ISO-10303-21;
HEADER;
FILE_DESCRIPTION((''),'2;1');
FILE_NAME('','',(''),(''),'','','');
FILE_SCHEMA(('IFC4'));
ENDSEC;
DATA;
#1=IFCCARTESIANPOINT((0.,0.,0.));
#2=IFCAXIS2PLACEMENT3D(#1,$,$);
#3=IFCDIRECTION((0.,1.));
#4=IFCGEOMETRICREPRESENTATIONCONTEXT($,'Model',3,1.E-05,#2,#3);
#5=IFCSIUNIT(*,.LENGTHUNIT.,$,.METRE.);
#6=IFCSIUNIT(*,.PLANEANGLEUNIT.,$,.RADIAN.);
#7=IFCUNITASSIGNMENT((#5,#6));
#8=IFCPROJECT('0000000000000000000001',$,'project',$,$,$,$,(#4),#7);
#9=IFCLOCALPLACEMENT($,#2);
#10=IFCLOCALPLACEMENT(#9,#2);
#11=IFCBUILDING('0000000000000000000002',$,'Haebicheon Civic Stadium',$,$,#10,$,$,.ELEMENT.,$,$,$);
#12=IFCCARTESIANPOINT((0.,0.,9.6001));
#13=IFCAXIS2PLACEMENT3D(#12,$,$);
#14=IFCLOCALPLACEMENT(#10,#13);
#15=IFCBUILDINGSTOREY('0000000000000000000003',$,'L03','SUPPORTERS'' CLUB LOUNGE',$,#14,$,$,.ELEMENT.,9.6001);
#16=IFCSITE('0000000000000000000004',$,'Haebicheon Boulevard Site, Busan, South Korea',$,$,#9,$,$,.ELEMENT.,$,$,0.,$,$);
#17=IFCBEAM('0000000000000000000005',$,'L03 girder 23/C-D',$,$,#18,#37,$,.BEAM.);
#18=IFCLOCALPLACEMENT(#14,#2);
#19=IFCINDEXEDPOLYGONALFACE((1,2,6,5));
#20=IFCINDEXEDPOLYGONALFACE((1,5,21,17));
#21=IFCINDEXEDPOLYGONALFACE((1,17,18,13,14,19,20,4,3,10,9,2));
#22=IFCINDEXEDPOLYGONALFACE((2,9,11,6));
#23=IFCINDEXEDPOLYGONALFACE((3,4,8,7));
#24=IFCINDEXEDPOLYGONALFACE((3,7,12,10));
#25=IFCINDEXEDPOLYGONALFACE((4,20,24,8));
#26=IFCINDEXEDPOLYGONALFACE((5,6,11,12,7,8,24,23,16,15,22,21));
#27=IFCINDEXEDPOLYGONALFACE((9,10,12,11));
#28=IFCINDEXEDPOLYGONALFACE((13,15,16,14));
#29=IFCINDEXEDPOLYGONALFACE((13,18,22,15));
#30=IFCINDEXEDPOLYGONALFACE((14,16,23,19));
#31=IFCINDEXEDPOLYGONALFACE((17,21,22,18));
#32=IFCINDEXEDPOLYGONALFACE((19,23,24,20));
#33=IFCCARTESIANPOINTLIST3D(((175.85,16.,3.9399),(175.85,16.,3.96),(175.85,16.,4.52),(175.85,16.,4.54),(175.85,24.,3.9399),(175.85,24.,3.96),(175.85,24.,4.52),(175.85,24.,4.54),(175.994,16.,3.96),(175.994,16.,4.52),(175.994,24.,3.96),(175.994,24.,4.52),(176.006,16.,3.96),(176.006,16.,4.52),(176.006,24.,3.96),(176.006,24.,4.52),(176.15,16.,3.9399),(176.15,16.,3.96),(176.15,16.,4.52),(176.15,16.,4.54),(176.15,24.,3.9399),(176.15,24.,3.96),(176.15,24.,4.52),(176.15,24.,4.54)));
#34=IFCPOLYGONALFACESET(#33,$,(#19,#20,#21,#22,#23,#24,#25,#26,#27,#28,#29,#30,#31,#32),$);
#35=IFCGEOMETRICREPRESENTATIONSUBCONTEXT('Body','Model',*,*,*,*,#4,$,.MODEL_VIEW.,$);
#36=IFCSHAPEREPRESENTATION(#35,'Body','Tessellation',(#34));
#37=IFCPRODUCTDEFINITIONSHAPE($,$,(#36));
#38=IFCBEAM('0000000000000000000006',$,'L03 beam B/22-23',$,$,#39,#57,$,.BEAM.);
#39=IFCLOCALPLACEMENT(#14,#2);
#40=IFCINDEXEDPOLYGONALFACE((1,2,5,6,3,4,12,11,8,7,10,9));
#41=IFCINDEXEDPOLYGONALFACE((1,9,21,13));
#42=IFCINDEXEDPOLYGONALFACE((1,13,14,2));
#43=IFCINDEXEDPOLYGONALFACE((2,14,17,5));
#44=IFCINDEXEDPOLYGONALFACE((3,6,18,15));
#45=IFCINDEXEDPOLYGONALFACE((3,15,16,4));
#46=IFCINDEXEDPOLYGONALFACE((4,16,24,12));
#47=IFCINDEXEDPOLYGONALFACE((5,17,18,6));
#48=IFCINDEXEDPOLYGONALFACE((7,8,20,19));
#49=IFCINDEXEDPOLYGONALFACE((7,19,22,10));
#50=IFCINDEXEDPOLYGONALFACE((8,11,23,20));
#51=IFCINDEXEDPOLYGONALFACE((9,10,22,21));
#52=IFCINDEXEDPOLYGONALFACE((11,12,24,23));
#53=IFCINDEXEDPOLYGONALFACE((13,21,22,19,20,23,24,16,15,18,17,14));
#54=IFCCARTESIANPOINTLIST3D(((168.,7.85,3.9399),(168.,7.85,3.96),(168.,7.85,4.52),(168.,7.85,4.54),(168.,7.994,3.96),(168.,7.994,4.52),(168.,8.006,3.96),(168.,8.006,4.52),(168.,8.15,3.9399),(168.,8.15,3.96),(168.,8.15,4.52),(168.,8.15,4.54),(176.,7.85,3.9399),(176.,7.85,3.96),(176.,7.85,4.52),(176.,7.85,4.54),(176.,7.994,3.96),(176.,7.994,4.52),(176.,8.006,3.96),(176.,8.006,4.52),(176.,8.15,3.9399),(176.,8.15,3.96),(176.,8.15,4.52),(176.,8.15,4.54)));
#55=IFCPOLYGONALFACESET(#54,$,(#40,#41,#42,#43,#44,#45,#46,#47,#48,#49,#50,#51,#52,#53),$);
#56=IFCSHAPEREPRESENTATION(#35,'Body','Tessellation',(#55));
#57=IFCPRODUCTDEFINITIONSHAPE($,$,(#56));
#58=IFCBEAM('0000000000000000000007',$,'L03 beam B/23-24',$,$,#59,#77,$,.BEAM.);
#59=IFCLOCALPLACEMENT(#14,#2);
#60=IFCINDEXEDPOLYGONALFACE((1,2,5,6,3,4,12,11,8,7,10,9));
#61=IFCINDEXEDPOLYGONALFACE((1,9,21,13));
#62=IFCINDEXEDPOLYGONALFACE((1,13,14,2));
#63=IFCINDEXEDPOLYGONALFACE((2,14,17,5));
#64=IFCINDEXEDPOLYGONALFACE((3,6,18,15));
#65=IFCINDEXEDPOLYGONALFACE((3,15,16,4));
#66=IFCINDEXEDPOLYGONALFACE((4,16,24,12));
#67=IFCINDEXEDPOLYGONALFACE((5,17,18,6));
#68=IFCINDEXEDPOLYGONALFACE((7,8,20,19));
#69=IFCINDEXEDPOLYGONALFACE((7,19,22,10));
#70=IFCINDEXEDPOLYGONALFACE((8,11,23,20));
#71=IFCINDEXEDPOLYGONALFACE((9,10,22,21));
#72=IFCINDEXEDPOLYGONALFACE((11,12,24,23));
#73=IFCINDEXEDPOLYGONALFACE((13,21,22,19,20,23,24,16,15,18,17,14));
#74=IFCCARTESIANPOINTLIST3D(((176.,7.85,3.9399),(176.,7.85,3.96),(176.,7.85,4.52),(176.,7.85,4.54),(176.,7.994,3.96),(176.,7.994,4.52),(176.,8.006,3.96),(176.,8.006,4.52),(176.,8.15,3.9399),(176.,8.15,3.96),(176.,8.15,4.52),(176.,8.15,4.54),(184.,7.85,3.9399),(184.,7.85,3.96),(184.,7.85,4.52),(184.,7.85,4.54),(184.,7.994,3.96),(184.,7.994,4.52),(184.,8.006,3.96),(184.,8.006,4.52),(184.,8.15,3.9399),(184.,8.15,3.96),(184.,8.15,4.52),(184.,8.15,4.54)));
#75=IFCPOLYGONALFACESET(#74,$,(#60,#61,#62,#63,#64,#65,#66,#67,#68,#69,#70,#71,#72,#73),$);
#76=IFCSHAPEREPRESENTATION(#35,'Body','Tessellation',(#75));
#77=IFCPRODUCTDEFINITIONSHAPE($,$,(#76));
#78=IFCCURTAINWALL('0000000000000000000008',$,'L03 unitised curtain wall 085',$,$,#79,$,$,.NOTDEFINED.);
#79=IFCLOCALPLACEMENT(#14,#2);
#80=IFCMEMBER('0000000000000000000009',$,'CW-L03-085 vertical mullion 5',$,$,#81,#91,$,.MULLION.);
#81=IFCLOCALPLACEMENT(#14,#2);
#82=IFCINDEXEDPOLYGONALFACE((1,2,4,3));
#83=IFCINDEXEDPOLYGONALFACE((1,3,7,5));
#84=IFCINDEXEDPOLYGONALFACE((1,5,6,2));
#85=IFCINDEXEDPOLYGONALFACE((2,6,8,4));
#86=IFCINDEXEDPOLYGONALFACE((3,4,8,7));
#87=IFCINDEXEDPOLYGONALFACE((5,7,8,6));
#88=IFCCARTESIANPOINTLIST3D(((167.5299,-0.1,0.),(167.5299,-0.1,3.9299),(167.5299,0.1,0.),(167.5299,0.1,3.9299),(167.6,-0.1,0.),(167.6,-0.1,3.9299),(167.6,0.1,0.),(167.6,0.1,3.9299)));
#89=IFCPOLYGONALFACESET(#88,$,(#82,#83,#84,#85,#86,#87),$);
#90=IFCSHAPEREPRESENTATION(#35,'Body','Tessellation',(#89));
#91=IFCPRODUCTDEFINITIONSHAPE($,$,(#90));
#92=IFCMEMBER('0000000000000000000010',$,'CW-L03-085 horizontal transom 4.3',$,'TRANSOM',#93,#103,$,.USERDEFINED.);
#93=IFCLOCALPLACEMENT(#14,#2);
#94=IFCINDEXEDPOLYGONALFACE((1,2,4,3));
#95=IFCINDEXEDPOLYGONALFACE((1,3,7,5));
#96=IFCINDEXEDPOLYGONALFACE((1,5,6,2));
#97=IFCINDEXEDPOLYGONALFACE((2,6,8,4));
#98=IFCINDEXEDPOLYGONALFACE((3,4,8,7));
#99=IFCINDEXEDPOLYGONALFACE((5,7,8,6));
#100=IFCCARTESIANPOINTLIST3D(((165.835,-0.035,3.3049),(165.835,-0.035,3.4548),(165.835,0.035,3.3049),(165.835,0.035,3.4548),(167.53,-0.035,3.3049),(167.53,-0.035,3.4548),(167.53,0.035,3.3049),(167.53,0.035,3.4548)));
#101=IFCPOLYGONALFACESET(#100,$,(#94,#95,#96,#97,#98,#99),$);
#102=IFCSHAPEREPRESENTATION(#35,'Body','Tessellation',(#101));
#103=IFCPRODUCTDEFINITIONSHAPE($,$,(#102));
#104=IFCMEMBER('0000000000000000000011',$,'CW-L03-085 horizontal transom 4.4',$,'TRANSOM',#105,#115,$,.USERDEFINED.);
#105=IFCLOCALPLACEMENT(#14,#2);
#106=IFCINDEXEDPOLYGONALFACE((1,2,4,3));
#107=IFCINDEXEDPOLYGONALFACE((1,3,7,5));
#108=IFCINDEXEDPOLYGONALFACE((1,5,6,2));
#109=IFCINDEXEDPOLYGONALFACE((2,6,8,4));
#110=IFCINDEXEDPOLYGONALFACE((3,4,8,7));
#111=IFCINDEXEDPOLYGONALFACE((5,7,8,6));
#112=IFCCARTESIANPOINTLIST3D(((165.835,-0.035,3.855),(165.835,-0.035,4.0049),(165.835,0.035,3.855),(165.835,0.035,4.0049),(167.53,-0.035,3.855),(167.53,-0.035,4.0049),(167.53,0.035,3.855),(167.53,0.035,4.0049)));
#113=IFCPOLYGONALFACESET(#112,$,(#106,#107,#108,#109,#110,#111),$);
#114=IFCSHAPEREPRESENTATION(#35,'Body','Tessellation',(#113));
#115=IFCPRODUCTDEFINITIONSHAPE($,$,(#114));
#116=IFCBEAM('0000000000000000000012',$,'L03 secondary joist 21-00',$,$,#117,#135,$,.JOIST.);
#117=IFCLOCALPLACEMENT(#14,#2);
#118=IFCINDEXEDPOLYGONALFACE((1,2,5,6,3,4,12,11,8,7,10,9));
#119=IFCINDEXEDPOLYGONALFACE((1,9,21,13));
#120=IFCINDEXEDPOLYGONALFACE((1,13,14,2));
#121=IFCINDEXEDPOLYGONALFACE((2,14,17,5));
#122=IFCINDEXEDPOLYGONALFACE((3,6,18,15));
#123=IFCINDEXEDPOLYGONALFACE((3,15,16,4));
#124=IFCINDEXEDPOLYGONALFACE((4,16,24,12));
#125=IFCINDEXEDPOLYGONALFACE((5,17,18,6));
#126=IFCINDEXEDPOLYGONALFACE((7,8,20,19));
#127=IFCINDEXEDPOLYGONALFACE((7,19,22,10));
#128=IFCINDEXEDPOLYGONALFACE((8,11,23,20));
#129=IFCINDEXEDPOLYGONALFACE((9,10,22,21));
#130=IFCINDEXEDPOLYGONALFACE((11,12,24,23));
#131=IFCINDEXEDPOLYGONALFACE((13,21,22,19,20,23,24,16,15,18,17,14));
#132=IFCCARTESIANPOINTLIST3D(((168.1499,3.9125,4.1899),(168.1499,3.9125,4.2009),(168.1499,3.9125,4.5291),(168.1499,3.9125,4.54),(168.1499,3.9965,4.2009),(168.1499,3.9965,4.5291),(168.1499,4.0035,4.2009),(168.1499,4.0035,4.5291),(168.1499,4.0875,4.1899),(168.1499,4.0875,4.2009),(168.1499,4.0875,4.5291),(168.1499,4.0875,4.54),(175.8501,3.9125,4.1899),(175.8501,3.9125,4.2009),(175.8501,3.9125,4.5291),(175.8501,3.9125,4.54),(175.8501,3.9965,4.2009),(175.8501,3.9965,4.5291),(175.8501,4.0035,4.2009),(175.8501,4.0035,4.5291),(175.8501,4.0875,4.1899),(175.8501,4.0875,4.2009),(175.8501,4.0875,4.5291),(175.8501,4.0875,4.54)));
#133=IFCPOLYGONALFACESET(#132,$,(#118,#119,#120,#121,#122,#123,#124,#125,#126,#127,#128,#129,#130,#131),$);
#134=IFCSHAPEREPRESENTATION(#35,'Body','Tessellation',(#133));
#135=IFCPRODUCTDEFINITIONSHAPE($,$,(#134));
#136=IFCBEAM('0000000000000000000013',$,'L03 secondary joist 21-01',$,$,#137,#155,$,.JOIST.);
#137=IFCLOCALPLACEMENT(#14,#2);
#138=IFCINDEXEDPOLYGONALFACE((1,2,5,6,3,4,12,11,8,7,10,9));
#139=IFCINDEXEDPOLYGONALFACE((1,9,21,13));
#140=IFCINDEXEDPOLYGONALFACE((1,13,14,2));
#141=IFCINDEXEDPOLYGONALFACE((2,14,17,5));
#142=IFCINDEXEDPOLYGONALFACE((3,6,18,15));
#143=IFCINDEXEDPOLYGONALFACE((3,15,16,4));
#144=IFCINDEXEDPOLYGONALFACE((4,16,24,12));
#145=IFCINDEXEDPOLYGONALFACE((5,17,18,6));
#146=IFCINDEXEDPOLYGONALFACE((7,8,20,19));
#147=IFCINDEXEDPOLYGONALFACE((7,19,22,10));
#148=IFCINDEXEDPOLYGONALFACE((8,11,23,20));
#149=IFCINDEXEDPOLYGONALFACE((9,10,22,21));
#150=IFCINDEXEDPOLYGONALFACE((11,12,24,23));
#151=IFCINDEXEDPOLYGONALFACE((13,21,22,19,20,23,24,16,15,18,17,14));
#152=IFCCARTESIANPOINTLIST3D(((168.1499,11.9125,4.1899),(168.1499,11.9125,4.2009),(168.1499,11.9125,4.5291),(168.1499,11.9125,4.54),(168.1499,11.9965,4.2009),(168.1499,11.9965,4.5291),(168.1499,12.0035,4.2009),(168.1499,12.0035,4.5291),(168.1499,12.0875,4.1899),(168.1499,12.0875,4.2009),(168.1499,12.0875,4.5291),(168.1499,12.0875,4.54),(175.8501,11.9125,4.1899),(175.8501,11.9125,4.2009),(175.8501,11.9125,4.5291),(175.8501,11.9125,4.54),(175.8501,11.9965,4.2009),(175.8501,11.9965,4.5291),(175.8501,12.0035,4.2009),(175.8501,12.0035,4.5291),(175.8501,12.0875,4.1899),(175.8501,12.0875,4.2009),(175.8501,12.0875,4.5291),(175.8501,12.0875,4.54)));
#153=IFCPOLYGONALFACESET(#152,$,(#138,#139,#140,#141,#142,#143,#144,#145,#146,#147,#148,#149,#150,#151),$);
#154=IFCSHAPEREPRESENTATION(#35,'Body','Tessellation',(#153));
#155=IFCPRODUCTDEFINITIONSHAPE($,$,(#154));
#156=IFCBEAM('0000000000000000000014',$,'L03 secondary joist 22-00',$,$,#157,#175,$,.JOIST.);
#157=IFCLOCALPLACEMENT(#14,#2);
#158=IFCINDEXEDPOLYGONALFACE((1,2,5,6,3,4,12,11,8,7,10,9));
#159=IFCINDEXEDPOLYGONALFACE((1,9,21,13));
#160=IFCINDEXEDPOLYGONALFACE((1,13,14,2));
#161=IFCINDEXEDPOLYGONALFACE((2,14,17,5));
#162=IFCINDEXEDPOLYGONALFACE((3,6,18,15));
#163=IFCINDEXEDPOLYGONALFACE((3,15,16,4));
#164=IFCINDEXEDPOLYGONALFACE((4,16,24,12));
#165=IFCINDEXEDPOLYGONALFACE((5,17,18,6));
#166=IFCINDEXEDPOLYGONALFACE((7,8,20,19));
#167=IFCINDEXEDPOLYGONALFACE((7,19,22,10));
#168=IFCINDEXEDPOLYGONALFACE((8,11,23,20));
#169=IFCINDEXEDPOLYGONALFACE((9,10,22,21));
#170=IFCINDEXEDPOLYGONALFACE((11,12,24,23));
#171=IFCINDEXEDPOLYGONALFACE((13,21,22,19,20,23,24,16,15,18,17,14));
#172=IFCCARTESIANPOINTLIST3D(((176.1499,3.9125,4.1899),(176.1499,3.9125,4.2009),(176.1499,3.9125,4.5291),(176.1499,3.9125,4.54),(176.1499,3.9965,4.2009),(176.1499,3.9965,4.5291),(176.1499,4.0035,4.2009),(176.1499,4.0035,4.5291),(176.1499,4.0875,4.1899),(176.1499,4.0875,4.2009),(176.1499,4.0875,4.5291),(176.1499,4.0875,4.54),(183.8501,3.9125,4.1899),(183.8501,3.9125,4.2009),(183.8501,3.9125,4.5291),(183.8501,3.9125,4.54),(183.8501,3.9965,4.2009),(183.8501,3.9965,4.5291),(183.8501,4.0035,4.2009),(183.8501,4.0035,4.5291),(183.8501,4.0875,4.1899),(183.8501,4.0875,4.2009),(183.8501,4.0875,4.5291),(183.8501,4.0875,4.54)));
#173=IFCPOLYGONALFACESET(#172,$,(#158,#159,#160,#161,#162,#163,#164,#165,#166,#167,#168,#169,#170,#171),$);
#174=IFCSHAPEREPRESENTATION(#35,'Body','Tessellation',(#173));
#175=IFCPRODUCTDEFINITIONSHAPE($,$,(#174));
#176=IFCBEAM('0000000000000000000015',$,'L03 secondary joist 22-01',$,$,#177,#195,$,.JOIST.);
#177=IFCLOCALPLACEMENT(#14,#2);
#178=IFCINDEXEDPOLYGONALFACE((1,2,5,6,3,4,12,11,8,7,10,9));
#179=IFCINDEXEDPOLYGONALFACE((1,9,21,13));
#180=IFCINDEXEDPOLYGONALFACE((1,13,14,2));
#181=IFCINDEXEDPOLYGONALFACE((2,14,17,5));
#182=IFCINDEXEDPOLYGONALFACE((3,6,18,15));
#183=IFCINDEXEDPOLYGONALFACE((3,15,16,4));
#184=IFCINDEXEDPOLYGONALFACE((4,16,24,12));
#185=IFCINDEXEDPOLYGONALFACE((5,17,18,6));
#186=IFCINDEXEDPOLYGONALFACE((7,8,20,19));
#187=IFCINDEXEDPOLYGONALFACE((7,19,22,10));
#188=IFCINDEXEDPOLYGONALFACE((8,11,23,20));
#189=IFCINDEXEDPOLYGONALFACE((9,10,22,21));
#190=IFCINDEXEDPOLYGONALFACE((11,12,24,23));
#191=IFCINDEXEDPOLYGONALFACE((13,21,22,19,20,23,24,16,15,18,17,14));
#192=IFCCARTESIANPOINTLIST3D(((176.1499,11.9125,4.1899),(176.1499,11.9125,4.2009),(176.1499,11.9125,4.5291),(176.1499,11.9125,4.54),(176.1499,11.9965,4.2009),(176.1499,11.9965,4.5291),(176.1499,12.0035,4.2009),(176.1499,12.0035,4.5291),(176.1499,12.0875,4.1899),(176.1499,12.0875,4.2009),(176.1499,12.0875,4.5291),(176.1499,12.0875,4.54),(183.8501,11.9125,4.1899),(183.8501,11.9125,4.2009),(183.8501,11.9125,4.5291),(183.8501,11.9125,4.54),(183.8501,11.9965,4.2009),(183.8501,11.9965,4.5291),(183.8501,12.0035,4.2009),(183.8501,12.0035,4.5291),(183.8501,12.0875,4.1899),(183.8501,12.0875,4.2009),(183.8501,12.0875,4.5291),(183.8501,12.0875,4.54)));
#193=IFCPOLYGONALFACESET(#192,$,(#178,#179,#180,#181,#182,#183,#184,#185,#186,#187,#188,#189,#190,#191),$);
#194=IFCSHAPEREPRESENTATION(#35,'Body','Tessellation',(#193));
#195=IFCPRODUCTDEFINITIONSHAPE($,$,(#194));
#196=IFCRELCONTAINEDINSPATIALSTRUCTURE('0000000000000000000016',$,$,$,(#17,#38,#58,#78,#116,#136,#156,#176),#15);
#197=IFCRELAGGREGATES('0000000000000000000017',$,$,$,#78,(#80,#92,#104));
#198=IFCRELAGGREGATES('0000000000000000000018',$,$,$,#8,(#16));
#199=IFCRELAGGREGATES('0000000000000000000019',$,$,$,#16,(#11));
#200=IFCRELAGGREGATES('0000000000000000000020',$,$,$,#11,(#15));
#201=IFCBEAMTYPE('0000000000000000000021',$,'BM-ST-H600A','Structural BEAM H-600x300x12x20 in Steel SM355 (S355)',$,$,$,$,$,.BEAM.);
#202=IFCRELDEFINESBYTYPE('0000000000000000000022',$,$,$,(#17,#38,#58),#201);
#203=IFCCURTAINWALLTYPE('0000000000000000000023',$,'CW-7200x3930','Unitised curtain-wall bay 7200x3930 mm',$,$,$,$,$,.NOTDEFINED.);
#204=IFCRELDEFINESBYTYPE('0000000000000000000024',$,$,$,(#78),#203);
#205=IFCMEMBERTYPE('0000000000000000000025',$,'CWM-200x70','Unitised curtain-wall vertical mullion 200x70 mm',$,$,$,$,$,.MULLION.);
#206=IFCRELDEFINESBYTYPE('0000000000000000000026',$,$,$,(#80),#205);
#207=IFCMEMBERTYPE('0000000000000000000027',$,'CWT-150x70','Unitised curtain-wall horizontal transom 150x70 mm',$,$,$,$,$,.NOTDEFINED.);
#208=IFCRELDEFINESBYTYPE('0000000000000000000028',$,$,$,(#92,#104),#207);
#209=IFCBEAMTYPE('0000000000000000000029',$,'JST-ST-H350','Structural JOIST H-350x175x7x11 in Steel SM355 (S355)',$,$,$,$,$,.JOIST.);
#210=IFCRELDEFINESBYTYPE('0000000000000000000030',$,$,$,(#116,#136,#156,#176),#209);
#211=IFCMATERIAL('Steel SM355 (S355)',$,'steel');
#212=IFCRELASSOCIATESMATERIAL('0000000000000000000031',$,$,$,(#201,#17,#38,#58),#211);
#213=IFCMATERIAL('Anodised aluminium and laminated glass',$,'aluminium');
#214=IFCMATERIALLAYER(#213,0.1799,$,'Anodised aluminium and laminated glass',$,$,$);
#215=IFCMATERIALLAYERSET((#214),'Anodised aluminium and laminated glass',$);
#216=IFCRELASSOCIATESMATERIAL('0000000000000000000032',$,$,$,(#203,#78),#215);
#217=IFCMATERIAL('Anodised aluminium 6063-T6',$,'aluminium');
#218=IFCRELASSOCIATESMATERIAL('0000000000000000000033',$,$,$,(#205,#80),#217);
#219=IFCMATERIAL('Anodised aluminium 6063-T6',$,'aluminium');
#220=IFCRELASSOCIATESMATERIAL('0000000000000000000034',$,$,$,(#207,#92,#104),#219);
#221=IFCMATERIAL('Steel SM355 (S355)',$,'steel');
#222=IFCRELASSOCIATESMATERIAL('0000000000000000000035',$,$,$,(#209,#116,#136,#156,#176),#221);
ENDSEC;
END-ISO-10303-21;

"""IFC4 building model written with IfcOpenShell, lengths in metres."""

from ifc_helpers import new_model, si_unit, direction, frame, origin, origin_2d, place, context, subcontext, project, spatial, rectangle, i_section, extrude, material, layer, layer_set, material_profile, profile_set, type_object, element, aggregate, save


model = new_model("IFC4")

# Units and contexts
model_context = context("Model", 3, precision=1e-05, world=origin(), true_north=direction((0.0, 1.0)))
body_context = subcontext(model_context, "Body", "Model", "MODEL_VIEW")
ifc_project = project(units=[si_unit("LENGTHUNIT", "METRE"), si_unit("PLANEANGLEUNIT", "RADIAN")], contexts=[model_context])

# Site, building, storey
site_placement = place(None, origin())
site = spatial("IfcSite", under=ifc_project, at=site_placement, Name="Haebicheon Boulevard Site, Busan, South Korea", CompositionType="ELEMENT", RefElevation=0.0)
building_placement = place(site_placement, origin())
building = spatial("IfcBuilding", under=site, at=building_placement, Name="Haebicheon Civic Stadium", CompositionType="ELEMENT")
storey_placement = place(building_placement, frame((0.0, 0.0, 9.6001)))
storey = spatial("IfcBuildingStorey", under=building, at=storey_placement, Name="L03", Description="SUPPORTERS' CLUB LOUNGE", CompositionType="ELEMENT", Elevation=9.6001)

# Beams
ifc_material_1 = material(Name="Steel SM355 (S355)", Category="steel")
ifc_material_profile_1 = material_profile(ifc_material_1, i_section(OverallWidth=0.3, OverallDepth=0.6001, WebThickness=0.012, FlangeThickness=0.02, at=origin_2d()), Name="H-600x300x12x20")
ifc_profile_set_1 = profile_set([ifc_material_profile_1], Name="Steel SM355 (S355)")
beam_type_1 = type_object("IfcBeamType", Name="BM-ST-H600A", Description="Structural BEAM H-600x300x12x20 in Steel SM355 (S355)", PredefinedType="BEAM", material=ifc_profile_set_1)
for number, where, z_axis, x_axis, name in (
    (1, (176.0, 16.0, 4.24), (0.0, 1.0, 0.0), (-1.0, 0.0, 0.0), "L03 girder 23/C-D"),
    (2, (168.0, 8.0, 4.24), (1.0, 0.0, 0.0), (0.0, 1.0, 0.0), "L03 beam B/22-23"),
    (3, (176.0, 8.0, 4.24), (1.0, 0.0, 0.0), (0.0, 1.0, 0.0), "L03 beam B/23-24"),
):
    element("IfcBeam", number, at=place(storey_placement, frame(where, z_axis=z_axis, x_axis=x_axis)), inside=storey, type_object=beam_type_1, material=ifc_profile_set_1, Name=name, PredefinedType="BEAM", context=body_context, shape_type="SweptSolid", body=[
        extrude(i_section(OverallWidth=0.3, OverallDepth=0.6001, WebThickness=0.012, FlangeThickness=0.02, at=origin_2d()), origin(), (0.0, 0.0, 1.0), 8.0),
    ])

# Curtain wall, members
ifc_material_2 = material(Name="Anodised aluminium and laminated glass", Category="aluminium")
ifc_layer_1 = layer(ifc_material_2, 0.1799, Name="Anodised aluminium and laminated glass")
ifc_layer_set_1 = layer_set([ifc_layer_1], Name="Anodised aluminium and laminated glass")
curtain_wall_type = type_object("IfcCurtainWallType", Name="CW-7200x3930", Description="Unitised curtain-wall bay 7200x3930 mm", PredefinedType="NOTDEFINED", material=ifc_layer_set_1)
curtain_wall_placement = place(storey_placement, origin())
curtain_wall = element("IfcCurtainWall", 4, at=curtain_wall_placement, inside=storey, type_object=curtain_wall_type, material=ifc_layer_set_1, Name="L03 unitised curtain wall 085", PredefinedType="NOTDEFINED")
ifc_material_3 = material(Name="Anodised aluminium 6063-T6", Category="aluminium")
ifc_material_profile_2 = material_profile(ifc_material_3, rectangle(XDim=0.0701, YDim=0.2, at=origin_2d()), Name="ALU-MULL-70x200")
ifc_profile_set_2 = profile_set([ifc_material_profile_2], Name="Anodised aluminium 6063-T6")
member_type_1 = type_object("IfcMemberType", Name="CWM-200x70", Description="Unitised curtain-wall vertical mullion 200x70 mm", PredefinedType="MULLION", material=ifc_profile_set_2)
member_1_placement = place(storey_placement, frame((167.5649, 0.0, 0.0), z_axis=(0.0, 0.0, 1.0), x_axis=(1.0, 0.0, 0.0)))
member_1 = element("IfcMember", 5, at=member_1_placement, type_object=member_type_1, material=ifc_profile_set_2, Name="CW-L03-085 vertical mullion 5", PredefinedType="MULLION", context=body_context, shape_type="SweptSolid", body=[
    extrude(rectangle(XDim=0.0701, YDim=0.2, at=origin_2d()), origin(), (0.0, 0.0, 1.0), 3.9299),
])
ifc_material_4 = material(Name="Anodised aluminium 6063-T6", Category="aluminium")
ifc_material_profile_3 = material_profile(ifc_material_4, rectangle(XDim=0.0701, YDim=0.1499, at=origin_2d()), Name="ALU-TRAN-70x150")
ifc_profile_set_3 = profile_set([ifc_material_profile_3], Name="Anodised aluminium 6063-T6")
member_type_2 = type_object("IfcMemberType", Name="CWT-150x70", Description="Unitised curtain-wall horizontal transom 150x70 mm", PredefinedType="NOTDEFINED", material=ifc_profile_set_3)
member_2_placement = place(storey_placement, frame((165.835, 0.0, 3.3799), z_axis=(1.0, 0.0, 0.0), x_axis=(0.0, 1.0, 0.0)))
member_2 = element("IfcMember", 6, at=member_2_placement, type_object=member_type_2, material=ifc_profile_set_3, Name="CW-L03-085 horizontal transom 4.3", ObjectType="TRANSOM", PredefinedType="USERDEFINED", context=body_context, shape_type="SweptSolid", body=[
    extrude(rectangle(XDim=0.0701, YDim=0.1499, at=origin_2d()), origin(), (0.0, 0.0, 1.0), 1.6951),
])
member_3_placement = place(storey_placement, frame((165.835, 0.0, 3.9299), z_axis=(1.0, 0.0, 0.0), x_axis=(0.0, 1.0, 0.0)))
member_3 = element("IfcMember", 7, at=member_3_placement, type_object=member_type_2, material=ifc_profile_set_3, Name="CW-L03-085 horizontal transom 4.4", ObjectType="TRANSOM", PredefinedType="USERDEFINED", context=body_context, shape_type="SweptSolid", body=[
    extrude(rectangle(XDim=0.0701, YDim=0.1499, at=origin_2d()), origin(), (0.0, 0.0, 1.0), 1.6951),
])

# Beams
ifc_material_5 = material(Name="Steel SM355 (S355)", Category="steel")
ifc_material_profile_4 = material_profile(ifc_material_5, i_section(OverallWidth=0.175, OverallDepth=0.3501, WebThickness=0.0071, FlangeThickness=0.011, at=origin_2d()), Name="H-350x175x7x11")
ifc_profile_set_4 = profile_set([ifc_material_profile_4], Name="Steel SM355 (S355)")
beam_type_2 = type_object("IfcBeamType", Name="JST-ST-H350", Description="Structural JOIST H-350x175x7x11 in Steel SM355 (S355)", PredefinedType="JOIST", material=ifc_profile_set_4)
for number, where, z_axis, x_axis, name in (
    (8, (168.1499, 4.0, 4.365), (1.0, 0.0, 0.0), (0.0, 1.0, 0.0), "L03 secondary joist 21-00"),
    (9, (168.1499, 12.0, 4.365), (1.0, 0.0, 0.0), (0.0, 1.0, 0.0), "L03 secondary joist 21-01"),
    (10, (176.1499, 4.0, 4.365), (1.0, 0.0, 0.0), (0.0, 1.0, 0.0), "L03 secondary joist 22-00"),
    (11, (176.1499, 12.0, 4.365), (1.0, 0.0, 0.0), (0.0, 1.0, 0.0), "L03 secondary joist 22-01"),
):
    element("IfcBeam", number, at=place(storey_placement, frame(where, z_axis=z_axis, x_axis=x_axis)), inside=storey, type_object=beam_type_2, material=ifc_profile_set_4, Name=name, PredefinedType="JOIST", context=body_context, shape_type="SweptSolid", body=[
        extrude(i_section(OverallWidth=0.175, OverallDepth=0.3501, WebThickness=0.0071, FlangeThickness=0.011, at=origin_2d()), origin(), (0.0, 0.0, 1.0), 7.7002),
    ])

aggregate(curtain_wall, [member_1, member_2, member_3])

save(model, "model.ifc")
